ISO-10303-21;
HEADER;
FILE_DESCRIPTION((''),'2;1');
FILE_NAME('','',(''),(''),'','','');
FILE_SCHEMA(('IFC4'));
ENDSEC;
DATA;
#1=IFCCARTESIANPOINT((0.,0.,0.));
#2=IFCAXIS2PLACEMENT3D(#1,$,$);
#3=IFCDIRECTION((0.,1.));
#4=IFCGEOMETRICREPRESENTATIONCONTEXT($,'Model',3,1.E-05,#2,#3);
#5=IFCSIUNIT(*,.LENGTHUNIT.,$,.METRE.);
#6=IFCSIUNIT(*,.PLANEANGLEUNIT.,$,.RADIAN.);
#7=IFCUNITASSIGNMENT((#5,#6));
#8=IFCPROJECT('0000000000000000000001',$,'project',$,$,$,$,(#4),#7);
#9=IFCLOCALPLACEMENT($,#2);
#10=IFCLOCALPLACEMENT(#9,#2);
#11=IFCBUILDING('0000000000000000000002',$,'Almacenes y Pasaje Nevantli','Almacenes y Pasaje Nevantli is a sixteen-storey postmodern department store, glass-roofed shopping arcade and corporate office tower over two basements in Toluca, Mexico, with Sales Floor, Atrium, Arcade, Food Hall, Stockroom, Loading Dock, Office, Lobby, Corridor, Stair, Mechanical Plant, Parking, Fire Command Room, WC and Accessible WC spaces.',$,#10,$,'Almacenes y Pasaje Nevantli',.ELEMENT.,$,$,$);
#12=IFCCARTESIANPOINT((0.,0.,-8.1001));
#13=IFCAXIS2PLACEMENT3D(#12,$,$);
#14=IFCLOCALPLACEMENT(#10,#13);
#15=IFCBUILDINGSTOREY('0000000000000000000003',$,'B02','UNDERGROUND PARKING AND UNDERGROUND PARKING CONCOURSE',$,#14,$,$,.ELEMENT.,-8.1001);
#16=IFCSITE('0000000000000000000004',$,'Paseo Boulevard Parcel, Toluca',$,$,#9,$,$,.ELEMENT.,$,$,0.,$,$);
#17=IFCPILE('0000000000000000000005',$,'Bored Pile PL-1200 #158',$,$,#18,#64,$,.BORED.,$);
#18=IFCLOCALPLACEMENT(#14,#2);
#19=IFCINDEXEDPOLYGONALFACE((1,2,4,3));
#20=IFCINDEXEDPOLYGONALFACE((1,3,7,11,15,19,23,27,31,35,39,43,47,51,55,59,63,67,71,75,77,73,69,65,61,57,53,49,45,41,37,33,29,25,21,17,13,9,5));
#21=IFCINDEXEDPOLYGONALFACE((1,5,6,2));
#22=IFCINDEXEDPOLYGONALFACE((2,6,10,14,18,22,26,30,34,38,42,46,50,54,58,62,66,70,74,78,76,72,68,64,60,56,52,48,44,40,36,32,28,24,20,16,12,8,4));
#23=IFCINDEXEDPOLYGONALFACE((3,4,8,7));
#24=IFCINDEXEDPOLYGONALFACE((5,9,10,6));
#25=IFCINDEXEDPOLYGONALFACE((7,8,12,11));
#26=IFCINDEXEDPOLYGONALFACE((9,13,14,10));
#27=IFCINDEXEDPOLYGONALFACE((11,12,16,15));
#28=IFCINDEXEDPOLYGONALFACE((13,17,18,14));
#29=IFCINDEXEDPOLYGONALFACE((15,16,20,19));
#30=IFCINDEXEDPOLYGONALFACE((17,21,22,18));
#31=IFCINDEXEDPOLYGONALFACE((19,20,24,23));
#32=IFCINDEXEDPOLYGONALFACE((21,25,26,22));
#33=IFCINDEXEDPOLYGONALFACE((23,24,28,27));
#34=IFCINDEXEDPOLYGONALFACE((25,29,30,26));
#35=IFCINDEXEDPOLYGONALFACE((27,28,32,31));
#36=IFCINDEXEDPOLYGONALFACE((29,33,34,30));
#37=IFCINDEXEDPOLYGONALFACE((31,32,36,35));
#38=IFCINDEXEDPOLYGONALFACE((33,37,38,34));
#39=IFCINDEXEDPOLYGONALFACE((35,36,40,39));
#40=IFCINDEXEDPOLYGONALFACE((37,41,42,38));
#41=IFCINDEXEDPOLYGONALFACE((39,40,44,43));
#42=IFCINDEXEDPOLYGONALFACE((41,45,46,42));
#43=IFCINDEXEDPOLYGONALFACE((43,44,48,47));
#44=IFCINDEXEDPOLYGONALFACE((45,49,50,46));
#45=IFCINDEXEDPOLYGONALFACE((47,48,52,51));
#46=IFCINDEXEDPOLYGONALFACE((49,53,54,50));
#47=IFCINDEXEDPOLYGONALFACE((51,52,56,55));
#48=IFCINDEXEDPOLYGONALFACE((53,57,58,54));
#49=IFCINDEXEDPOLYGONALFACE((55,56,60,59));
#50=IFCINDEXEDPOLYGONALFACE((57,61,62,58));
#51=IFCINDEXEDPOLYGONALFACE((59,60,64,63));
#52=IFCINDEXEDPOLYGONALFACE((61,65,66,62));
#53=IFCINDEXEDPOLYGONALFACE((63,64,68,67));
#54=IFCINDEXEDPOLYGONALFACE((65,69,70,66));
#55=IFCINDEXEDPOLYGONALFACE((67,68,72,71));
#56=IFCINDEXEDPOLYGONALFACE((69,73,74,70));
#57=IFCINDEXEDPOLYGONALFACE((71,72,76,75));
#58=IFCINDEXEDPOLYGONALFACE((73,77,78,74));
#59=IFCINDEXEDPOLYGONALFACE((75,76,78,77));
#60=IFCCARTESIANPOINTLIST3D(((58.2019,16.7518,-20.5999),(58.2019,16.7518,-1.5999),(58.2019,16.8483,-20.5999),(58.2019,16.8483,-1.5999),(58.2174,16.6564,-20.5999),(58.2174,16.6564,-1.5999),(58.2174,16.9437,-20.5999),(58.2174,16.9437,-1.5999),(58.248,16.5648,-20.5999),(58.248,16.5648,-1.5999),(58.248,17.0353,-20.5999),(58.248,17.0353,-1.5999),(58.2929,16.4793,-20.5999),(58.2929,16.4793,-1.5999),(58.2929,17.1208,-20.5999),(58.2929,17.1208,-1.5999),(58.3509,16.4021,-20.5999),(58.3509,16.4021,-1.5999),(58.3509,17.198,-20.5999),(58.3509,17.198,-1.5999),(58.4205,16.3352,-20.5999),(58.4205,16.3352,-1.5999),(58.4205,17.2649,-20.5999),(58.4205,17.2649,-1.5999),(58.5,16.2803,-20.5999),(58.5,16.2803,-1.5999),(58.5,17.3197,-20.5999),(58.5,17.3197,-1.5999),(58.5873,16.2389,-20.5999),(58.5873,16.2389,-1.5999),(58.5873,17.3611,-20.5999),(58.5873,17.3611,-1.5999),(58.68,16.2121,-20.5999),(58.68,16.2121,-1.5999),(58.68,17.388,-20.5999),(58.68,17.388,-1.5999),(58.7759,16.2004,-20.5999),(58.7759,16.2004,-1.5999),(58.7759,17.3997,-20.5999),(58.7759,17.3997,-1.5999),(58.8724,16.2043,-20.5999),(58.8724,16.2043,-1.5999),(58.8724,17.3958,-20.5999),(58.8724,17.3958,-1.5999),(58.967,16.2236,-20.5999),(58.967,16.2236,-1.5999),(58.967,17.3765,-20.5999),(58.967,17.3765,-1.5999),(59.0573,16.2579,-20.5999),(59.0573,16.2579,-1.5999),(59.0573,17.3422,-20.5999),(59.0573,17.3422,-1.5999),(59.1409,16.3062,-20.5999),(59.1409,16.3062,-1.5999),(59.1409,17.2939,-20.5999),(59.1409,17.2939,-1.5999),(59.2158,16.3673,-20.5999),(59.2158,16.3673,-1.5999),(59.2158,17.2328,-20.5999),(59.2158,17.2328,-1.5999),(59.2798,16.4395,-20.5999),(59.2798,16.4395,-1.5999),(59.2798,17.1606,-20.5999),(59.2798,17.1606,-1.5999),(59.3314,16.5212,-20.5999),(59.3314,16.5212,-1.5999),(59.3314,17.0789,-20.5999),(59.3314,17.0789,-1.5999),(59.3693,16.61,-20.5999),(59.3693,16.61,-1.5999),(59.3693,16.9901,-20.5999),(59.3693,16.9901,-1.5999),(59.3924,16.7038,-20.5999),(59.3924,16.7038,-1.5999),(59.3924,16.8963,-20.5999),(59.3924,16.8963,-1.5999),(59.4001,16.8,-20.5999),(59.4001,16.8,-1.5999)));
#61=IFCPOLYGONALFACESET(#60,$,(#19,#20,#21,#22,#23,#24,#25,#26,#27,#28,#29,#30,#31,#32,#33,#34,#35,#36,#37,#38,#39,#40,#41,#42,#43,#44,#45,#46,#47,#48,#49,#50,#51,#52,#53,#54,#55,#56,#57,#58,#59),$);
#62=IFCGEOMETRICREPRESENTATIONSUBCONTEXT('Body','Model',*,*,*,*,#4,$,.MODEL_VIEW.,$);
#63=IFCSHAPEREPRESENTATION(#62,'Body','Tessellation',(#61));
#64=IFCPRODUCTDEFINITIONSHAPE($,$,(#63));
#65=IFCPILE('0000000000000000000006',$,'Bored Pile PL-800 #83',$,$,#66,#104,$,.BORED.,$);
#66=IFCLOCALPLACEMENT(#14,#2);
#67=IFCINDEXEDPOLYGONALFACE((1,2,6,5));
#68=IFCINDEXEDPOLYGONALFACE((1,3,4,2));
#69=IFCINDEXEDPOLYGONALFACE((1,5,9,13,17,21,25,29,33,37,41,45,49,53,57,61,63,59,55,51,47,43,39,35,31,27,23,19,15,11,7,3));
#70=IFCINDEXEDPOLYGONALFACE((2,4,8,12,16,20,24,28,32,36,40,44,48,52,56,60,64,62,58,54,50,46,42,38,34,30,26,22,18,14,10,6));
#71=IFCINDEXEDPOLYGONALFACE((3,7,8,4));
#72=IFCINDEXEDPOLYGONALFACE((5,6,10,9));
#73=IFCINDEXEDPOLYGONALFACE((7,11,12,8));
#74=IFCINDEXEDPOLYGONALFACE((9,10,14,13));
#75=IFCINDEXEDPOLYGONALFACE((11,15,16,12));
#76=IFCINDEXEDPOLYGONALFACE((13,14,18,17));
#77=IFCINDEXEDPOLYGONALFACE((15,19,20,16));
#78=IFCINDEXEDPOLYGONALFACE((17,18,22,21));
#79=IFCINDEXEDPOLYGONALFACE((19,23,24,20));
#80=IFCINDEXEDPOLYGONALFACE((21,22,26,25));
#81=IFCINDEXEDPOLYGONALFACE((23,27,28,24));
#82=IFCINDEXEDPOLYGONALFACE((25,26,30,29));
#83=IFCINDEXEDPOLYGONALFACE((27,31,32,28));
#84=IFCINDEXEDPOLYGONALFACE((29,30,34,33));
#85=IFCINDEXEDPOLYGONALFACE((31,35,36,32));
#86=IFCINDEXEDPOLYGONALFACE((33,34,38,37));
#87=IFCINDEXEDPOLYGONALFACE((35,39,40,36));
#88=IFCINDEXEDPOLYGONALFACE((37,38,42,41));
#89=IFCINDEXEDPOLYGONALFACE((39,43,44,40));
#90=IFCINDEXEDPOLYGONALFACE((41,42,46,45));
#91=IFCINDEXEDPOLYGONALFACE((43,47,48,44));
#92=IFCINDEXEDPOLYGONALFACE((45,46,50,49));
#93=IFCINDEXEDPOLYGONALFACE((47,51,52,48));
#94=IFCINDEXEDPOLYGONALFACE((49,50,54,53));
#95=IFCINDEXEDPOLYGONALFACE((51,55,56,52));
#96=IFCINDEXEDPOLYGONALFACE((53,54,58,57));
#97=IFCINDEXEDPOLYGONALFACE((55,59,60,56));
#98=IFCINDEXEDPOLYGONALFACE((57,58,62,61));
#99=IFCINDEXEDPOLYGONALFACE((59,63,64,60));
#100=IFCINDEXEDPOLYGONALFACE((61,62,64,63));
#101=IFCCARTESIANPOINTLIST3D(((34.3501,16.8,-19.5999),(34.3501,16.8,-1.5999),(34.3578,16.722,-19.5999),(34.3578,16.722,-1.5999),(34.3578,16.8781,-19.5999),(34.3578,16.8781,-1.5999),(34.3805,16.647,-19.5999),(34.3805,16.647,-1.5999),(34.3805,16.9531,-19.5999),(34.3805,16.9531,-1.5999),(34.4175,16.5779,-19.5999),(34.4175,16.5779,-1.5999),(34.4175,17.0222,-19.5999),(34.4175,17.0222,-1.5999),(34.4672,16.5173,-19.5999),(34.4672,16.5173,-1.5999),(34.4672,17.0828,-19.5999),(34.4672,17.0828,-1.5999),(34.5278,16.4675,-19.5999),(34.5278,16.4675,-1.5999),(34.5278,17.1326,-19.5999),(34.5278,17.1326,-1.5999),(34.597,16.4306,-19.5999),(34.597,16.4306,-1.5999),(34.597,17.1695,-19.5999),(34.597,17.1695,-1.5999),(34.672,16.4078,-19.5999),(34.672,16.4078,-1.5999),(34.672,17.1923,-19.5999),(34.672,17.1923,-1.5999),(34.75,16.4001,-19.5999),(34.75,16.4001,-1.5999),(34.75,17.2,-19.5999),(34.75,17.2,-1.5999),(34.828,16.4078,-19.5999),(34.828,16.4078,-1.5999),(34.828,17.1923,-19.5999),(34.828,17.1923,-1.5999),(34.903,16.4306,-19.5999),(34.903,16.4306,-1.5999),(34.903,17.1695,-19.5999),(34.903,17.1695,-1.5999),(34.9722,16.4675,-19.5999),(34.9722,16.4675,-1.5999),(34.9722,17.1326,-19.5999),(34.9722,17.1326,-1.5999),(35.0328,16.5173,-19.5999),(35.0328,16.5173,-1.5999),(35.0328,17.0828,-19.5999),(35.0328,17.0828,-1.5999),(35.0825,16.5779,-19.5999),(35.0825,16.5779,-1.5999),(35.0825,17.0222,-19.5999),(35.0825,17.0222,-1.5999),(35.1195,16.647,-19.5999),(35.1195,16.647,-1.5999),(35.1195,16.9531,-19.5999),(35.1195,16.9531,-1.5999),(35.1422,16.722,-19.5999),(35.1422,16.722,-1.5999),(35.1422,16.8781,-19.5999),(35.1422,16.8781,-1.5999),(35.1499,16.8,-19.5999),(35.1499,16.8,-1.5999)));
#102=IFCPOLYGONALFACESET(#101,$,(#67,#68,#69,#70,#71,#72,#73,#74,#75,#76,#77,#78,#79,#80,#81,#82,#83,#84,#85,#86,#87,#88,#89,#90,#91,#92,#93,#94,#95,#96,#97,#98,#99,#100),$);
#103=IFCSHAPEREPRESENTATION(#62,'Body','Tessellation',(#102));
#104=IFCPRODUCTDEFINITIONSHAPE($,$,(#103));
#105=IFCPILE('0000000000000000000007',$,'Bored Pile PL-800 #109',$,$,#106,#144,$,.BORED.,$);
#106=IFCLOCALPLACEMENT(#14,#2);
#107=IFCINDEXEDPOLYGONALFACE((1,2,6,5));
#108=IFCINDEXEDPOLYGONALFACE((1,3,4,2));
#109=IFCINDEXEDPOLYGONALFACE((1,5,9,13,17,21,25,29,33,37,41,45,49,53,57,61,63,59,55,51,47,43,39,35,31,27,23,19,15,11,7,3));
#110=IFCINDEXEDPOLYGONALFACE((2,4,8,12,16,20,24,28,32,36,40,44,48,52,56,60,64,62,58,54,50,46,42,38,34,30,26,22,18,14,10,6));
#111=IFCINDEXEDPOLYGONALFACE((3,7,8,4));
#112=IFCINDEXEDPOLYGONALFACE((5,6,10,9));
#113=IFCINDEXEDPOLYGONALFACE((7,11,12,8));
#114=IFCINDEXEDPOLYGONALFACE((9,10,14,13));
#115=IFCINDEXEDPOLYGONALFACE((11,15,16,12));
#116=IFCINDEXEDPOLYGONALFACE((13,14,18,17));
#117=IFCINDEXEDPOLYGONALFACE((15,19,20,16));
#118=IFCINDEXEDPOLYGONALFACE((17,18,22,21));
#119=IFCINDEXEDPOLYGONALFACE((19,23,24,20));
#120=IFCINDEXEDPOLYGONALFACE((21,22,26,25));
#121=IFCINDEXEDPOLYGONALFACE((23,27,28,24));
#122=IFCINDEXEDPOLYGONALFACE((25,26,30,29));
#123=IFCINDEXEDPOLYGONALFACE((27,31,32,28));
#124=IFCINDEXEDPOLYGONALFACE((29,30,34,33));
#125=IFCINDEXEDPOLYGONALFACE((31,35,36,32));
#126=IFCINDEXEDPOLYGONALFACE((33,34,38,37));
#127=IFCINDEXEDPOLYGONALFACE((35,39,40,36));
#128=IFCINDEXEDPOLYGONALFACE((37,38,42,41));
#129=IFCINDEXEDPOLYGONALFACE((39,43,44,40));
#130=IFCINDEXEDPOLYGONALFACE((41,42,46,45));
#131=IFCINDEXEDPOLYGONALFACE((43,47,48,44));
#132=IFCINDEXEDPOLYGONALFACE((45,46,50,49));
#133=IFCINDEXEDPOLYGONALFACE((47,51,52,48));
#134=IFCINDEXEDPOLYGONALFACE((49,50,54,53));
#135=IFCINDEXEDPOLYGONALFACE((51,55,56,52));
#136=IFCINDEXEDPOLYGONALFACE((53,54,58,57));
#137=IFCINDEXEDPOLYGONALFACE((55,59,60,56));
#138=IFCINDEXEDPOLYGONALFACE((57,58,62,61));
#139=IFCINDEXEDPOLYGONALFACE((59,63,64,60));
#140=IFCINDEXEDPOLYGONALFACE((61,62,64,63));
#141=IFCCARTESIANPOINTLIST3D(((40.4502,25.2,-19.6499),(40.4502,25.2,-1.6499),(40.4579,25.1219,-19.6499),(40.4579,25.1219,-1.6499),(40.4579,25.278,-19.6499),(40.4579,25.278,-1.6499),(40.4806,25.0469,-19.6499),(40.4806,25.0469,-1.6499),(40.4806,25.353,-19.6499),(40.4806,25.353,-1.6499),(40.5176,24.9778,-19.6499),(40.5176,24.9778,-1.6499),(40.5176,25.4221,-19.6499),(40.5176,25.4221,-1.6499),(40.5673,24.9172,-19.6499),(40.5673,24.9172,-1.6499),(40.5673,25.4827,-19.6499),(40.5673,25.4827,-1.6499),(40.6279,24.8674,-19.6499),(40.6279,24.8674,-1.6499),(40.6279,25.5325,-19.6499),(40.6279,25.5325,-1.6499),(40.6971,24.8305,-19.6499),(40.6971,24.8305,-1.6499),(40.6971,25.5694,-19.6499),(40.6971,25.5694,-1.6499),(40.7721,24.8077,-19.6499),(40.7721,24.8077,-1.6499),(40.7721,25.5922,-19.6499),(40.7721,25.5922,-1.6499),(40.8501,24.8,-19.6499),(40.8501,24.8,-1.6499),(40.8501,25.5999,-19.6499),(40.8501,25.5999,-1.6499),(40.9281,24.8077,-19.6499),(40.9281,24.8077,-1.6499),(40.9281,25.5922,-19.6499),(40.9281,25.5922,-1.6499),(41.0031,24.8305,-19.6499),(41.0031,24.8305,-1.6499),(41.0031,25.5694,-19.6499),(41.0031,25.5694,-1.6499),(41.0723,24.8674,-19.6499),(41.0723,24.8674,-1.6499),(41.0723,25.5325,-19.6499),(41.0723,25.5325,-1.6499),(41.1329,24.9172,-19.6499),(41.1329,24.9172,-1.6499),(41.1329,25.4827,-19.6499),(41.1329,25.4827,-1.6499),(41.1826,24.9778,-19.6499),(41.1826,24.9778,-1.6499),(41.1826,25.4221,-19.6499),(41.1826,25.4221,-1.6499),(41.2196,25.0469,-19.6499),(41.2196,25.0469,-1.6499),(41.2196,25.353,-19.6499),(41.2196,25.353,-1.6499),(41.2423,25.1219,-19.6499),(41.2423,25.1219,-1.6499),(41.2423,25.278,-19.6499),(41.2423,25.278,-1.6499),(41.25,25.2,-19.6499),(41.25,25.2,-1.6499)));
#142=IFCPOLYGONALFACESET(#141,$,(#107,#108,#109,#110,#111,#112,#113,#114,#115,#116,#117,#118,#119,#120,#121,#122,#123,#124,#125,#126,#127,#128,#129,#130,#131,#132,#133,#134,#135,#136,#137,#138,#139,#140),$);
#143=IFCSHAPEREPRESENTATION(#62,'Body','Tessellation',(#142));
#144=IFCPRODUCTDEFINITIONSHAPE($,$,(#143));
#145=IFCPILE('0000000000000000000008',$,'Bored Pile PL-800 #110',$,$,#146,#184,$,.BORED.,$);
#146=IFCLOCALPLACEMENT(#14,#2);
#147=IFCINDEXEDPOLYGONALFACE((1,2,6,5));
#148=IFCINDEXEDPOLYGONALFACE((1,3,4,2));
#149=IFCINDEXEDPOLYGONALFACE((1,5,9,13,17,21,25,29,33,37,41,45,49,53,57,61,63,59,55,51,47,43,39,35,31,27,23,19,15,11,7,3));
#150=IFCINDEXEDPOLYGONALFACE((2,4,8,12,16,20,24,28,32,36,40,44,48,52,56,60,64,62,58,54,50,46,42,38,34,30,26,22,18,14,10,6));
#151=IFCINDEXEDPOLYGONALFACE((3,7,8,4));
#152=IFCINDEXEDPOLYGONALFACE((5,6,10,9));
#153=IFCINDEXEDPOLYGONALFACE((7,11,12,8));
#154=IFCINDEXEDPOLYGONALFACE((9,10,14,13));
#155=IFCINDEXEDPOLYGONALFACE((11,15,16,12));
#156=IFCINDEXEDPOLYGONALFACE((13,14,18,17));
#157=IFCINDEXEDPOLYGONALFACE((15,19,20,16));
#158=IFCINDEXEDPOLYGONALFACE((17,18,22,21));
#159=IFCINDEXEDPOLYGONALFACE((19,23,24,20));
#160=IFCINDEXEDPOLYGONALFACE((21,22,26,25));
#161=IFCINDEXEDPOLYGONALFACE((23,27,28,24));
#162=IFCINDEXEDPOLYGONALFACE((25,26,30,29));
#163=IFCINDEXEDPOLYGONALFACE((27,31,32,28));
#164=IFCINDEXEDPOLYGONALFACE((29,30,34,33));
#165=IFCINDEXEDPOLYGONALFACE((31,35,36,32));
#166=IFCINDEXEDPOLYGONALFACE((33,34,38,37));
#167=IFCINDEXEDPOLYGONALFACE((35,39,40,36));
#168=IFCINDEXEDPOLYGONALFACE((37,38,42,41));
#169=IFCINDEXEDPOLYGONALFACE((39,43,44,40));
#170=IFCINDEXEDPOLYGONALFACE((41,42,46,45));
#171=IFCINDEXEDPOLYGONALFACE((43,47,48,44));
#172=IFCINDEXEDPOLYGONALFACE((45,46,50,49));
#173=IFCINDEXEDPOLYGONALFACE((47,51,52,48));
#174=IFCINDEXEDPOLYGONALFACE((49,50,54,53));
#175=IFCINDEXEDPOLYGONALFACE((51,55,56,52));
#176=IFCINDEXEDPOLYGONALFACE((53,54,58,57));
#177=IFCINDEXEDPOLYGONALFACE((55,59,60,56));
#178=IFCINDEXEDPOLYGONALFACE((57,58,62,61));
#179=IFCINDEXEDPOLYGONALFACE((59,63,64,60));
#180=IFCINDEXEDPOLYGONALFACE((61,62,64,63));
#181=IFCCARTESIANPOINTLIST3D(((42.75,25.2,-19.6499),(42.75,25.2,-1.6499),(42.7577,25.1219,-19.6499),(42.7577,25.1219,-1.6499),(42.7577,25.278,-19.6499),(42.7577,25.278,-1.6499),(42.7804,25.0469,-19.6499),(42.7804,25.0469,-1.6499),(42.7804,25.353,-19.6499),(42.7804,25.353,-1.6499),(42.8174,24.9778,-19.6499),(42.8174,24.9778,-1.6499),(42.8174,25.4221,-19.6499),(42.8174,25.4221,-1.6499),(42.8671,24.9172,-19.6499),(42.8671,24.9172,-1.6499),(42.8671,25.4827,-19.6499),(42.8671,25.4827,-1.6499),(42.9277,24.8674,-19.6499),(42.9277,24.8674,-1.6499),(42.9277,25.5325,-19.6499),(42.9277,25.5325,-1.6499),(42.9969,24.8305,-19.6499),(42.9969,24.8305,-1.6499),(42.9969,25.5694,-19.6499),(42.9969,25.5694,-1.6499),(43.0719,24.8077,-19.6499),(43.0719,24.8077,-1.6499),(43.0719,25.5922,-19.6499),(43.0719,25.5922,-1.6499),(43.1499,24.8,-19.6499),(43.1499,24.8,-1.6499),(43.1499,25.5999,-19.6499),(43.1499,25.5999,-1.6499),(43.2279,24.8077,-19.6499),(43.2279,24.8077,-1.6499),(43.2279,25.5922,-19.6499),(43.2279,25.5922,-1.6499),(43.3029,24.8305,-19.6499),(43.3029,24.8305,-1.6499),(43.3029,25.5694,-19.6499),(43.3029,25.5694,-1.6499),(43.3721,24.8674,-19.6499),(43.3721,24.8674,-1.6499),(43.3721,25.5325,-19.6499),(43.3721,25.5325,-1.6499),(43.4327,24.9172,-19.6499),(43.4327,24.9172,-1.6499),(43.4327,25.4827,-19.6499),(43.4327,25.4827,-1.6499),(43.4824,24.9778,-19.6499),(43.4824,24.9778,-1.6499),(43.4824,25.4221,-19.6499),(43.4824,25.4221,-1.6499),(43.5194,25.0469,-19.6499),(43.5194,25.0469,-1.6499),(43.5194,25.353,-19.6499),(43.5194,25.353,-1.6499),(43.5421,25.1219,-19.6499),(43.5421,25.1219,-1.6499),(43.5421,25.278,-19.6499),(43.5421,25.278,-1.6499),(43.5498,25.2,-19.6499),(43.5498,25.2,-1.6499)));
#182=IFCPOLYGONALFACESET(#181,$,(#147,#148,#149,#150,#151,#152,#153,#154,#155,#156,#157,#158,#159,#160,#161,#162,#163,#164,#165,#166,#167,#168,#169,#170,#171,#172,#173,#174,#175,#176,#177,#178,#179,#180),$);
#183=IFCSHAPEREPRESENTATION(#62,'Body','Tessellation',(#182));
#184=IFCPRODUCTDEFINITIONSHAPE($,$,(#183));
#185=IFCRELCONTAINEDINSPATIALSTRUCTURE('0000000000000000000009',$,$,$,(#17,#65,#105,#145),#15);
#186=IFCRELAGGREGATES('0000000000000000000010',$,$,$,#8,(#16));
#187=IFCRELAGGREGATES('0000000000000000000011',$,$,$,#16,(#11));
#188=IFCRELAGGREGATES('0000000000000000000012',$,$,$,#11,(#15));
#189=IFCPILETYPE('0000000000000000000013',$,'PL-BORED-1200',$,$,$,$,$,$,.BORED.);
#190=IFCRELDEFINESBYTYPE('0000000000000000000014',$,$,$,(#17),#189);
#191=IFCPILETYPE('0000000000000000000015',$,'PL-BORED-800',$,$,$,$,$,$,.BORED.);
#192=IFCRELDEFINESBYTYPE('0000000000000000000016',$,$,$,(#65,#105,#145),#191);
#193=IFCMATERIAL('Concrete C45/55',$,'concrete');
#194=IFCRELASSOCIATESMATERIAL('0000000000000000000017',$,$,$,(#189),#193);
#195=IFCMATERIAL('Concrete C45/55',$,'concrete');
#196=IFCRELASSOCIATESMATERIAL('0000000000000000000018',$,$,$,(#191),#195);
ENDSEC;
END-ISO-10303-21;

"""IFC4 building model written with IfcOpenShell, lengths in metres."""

from ifc_helpers import new_model, si_unit, direction, frame, origin, origin_2d, place, context, subcontext, project, spatial, circle, extrude, material, material_profile, profile_set, type_object, element, save


model = new_model("IFC4")

# Units and contexts
model_context = context("Model", 3, precision=1e-05, world=origin(), true_north=direction((0.0, 1.0)))
body_context = subcontext(model_context, "Body", "Model", "MODEL_VIEW")
ifc_project = project(units=[si_unit("LENGTHUNIT", "METRE"), si_unit("PLANEANGLEUNIT", "RADIAN")], contexts=[model_context])

# Site, building, storey
site_placement = place(None, origin())
site = spatial("IfcSite", under=ifc_project, at=site_placement, Name="Paseo Boulevard Parcel, Toluca", CompositionType="ELEMENT", RefElevation=0.0)
building_placement = place(site_placement, origin())
building = spatial("IfcBuilding", under=site, at=building_placement, Name="Almacenes y Pasaje Nevantli", Description="Almacenes y Pasaje Nevantli is a sixteen-storey postmodern department store, glass-roofed shopping arcade and corporate office tower over two basements in Toluca, Mexico, with Sales Floor, Atrium, Arcade, Food Hall, Stockroom, Loading Dock, Office, Lobby, Corridor, Stair, Mechanical Plant, Parking, Fire Command Room, WC and Accessible WC spaces.", LongName="Almacenes y Pasaje Nevantli", CompositionType="ELEMENT")
storey_placement = place(building_placement, frame((0.0, 0.0, -8.1001)))
storey = spatial("IfcBuildingStorey", under=building, at=storey_placement, Name="B02", Description="UNDERGROUND PARKING AND UNDERGROUND PARKING CONCOURSE", CompositionType="ELEMENT", Elevation=-8.1001)

# Piles
ifc_material_1 = material(Name="Concrete C45/55", Category="concrete")
ifc_material_profile_1 = material_profile(ifc_material_1, circle(Radius=0.6001, at=origin_2d()), Name="RC-PILE-D1200")
ifc_profile_set_1 = profile_set([ifc_material_profile_1], Name="Concrete C45/55")
pile_type_1 = type_object("IfcPileType", Name="PL-BORED-1200", PredefinedType="BORED", material=ifc_profile_set_1)
for number, where, z_axis, x_axis, name in (
    (1, (58.8, 16.8, -1.5999), (0.0, 0.0, -1.0), (1.0, 0.0, 0.0), "Bored Pile PL-1200 #158"),
):
    element("IfcPile", number, at=place(storey_placement, frame(where, z_axis=z_axis, x_axis=x_axis)), inside=storey, type_object=pile_type_1, Name=name, PredefinedType="BORED", context=body_context, shape_type="SweptSolid", body=[
        extrude(circle(Radius=0.6001, at=origin_2d()), origin(), (0.0, 0.0, 1.0), 19.0),
    ])
ifc_material_2 = material(Name="Concrete C45/55", Category="concrete")
ifc_material_profile_2 = material_profile(ifc_material_2, circle(Radius=0.3999, at=origin_2d()), Name="RC-PILE-D800")
ifc_profile_set_2 = profile_set([ifc_material_profile_2], Name="Concrete C45/55")
pile_type_2 = type_object("IfcPileType", Name="PL-BORED-800", PredefinedType="BORED", material=ifc_profile_set_2)
for number, where, z_axis, x_axis, name in (
    (2, (34.75, 16.8, -1.5999), (0.0, 0.0, -1.0), (1.0, 0.0, 0.0), "Bored Pile PL-800 #83"),
    (3, (40.8501, 25.2, -1.6499), (0.0, 0.0, -1.0), (1.0, 0.0, 0.0), "Bored Pile PL-800 #109"),
    (4, (43.1499, 25.2, -1.6499), (0.0, 0.0, -1.0), (1.0, 0.0, 0.0), "Bored Pile PL-800 #110"),
):
    element("IfcPile", number, at=place(storey_placement, frame(where, z_axis=z_axis, x_axis=x_axis)), inside=storey, type_object=pile_type_2, Name=name, PredefinedType="BORED", context=body_context, shape_type="SweptSolid", body=[
        extrude(circle(Radius=0.3999, at=origin_2d()), origin(), (0.0, 0.0, 1.0), 18.0),
    ])

save(model, "model.ifc")
